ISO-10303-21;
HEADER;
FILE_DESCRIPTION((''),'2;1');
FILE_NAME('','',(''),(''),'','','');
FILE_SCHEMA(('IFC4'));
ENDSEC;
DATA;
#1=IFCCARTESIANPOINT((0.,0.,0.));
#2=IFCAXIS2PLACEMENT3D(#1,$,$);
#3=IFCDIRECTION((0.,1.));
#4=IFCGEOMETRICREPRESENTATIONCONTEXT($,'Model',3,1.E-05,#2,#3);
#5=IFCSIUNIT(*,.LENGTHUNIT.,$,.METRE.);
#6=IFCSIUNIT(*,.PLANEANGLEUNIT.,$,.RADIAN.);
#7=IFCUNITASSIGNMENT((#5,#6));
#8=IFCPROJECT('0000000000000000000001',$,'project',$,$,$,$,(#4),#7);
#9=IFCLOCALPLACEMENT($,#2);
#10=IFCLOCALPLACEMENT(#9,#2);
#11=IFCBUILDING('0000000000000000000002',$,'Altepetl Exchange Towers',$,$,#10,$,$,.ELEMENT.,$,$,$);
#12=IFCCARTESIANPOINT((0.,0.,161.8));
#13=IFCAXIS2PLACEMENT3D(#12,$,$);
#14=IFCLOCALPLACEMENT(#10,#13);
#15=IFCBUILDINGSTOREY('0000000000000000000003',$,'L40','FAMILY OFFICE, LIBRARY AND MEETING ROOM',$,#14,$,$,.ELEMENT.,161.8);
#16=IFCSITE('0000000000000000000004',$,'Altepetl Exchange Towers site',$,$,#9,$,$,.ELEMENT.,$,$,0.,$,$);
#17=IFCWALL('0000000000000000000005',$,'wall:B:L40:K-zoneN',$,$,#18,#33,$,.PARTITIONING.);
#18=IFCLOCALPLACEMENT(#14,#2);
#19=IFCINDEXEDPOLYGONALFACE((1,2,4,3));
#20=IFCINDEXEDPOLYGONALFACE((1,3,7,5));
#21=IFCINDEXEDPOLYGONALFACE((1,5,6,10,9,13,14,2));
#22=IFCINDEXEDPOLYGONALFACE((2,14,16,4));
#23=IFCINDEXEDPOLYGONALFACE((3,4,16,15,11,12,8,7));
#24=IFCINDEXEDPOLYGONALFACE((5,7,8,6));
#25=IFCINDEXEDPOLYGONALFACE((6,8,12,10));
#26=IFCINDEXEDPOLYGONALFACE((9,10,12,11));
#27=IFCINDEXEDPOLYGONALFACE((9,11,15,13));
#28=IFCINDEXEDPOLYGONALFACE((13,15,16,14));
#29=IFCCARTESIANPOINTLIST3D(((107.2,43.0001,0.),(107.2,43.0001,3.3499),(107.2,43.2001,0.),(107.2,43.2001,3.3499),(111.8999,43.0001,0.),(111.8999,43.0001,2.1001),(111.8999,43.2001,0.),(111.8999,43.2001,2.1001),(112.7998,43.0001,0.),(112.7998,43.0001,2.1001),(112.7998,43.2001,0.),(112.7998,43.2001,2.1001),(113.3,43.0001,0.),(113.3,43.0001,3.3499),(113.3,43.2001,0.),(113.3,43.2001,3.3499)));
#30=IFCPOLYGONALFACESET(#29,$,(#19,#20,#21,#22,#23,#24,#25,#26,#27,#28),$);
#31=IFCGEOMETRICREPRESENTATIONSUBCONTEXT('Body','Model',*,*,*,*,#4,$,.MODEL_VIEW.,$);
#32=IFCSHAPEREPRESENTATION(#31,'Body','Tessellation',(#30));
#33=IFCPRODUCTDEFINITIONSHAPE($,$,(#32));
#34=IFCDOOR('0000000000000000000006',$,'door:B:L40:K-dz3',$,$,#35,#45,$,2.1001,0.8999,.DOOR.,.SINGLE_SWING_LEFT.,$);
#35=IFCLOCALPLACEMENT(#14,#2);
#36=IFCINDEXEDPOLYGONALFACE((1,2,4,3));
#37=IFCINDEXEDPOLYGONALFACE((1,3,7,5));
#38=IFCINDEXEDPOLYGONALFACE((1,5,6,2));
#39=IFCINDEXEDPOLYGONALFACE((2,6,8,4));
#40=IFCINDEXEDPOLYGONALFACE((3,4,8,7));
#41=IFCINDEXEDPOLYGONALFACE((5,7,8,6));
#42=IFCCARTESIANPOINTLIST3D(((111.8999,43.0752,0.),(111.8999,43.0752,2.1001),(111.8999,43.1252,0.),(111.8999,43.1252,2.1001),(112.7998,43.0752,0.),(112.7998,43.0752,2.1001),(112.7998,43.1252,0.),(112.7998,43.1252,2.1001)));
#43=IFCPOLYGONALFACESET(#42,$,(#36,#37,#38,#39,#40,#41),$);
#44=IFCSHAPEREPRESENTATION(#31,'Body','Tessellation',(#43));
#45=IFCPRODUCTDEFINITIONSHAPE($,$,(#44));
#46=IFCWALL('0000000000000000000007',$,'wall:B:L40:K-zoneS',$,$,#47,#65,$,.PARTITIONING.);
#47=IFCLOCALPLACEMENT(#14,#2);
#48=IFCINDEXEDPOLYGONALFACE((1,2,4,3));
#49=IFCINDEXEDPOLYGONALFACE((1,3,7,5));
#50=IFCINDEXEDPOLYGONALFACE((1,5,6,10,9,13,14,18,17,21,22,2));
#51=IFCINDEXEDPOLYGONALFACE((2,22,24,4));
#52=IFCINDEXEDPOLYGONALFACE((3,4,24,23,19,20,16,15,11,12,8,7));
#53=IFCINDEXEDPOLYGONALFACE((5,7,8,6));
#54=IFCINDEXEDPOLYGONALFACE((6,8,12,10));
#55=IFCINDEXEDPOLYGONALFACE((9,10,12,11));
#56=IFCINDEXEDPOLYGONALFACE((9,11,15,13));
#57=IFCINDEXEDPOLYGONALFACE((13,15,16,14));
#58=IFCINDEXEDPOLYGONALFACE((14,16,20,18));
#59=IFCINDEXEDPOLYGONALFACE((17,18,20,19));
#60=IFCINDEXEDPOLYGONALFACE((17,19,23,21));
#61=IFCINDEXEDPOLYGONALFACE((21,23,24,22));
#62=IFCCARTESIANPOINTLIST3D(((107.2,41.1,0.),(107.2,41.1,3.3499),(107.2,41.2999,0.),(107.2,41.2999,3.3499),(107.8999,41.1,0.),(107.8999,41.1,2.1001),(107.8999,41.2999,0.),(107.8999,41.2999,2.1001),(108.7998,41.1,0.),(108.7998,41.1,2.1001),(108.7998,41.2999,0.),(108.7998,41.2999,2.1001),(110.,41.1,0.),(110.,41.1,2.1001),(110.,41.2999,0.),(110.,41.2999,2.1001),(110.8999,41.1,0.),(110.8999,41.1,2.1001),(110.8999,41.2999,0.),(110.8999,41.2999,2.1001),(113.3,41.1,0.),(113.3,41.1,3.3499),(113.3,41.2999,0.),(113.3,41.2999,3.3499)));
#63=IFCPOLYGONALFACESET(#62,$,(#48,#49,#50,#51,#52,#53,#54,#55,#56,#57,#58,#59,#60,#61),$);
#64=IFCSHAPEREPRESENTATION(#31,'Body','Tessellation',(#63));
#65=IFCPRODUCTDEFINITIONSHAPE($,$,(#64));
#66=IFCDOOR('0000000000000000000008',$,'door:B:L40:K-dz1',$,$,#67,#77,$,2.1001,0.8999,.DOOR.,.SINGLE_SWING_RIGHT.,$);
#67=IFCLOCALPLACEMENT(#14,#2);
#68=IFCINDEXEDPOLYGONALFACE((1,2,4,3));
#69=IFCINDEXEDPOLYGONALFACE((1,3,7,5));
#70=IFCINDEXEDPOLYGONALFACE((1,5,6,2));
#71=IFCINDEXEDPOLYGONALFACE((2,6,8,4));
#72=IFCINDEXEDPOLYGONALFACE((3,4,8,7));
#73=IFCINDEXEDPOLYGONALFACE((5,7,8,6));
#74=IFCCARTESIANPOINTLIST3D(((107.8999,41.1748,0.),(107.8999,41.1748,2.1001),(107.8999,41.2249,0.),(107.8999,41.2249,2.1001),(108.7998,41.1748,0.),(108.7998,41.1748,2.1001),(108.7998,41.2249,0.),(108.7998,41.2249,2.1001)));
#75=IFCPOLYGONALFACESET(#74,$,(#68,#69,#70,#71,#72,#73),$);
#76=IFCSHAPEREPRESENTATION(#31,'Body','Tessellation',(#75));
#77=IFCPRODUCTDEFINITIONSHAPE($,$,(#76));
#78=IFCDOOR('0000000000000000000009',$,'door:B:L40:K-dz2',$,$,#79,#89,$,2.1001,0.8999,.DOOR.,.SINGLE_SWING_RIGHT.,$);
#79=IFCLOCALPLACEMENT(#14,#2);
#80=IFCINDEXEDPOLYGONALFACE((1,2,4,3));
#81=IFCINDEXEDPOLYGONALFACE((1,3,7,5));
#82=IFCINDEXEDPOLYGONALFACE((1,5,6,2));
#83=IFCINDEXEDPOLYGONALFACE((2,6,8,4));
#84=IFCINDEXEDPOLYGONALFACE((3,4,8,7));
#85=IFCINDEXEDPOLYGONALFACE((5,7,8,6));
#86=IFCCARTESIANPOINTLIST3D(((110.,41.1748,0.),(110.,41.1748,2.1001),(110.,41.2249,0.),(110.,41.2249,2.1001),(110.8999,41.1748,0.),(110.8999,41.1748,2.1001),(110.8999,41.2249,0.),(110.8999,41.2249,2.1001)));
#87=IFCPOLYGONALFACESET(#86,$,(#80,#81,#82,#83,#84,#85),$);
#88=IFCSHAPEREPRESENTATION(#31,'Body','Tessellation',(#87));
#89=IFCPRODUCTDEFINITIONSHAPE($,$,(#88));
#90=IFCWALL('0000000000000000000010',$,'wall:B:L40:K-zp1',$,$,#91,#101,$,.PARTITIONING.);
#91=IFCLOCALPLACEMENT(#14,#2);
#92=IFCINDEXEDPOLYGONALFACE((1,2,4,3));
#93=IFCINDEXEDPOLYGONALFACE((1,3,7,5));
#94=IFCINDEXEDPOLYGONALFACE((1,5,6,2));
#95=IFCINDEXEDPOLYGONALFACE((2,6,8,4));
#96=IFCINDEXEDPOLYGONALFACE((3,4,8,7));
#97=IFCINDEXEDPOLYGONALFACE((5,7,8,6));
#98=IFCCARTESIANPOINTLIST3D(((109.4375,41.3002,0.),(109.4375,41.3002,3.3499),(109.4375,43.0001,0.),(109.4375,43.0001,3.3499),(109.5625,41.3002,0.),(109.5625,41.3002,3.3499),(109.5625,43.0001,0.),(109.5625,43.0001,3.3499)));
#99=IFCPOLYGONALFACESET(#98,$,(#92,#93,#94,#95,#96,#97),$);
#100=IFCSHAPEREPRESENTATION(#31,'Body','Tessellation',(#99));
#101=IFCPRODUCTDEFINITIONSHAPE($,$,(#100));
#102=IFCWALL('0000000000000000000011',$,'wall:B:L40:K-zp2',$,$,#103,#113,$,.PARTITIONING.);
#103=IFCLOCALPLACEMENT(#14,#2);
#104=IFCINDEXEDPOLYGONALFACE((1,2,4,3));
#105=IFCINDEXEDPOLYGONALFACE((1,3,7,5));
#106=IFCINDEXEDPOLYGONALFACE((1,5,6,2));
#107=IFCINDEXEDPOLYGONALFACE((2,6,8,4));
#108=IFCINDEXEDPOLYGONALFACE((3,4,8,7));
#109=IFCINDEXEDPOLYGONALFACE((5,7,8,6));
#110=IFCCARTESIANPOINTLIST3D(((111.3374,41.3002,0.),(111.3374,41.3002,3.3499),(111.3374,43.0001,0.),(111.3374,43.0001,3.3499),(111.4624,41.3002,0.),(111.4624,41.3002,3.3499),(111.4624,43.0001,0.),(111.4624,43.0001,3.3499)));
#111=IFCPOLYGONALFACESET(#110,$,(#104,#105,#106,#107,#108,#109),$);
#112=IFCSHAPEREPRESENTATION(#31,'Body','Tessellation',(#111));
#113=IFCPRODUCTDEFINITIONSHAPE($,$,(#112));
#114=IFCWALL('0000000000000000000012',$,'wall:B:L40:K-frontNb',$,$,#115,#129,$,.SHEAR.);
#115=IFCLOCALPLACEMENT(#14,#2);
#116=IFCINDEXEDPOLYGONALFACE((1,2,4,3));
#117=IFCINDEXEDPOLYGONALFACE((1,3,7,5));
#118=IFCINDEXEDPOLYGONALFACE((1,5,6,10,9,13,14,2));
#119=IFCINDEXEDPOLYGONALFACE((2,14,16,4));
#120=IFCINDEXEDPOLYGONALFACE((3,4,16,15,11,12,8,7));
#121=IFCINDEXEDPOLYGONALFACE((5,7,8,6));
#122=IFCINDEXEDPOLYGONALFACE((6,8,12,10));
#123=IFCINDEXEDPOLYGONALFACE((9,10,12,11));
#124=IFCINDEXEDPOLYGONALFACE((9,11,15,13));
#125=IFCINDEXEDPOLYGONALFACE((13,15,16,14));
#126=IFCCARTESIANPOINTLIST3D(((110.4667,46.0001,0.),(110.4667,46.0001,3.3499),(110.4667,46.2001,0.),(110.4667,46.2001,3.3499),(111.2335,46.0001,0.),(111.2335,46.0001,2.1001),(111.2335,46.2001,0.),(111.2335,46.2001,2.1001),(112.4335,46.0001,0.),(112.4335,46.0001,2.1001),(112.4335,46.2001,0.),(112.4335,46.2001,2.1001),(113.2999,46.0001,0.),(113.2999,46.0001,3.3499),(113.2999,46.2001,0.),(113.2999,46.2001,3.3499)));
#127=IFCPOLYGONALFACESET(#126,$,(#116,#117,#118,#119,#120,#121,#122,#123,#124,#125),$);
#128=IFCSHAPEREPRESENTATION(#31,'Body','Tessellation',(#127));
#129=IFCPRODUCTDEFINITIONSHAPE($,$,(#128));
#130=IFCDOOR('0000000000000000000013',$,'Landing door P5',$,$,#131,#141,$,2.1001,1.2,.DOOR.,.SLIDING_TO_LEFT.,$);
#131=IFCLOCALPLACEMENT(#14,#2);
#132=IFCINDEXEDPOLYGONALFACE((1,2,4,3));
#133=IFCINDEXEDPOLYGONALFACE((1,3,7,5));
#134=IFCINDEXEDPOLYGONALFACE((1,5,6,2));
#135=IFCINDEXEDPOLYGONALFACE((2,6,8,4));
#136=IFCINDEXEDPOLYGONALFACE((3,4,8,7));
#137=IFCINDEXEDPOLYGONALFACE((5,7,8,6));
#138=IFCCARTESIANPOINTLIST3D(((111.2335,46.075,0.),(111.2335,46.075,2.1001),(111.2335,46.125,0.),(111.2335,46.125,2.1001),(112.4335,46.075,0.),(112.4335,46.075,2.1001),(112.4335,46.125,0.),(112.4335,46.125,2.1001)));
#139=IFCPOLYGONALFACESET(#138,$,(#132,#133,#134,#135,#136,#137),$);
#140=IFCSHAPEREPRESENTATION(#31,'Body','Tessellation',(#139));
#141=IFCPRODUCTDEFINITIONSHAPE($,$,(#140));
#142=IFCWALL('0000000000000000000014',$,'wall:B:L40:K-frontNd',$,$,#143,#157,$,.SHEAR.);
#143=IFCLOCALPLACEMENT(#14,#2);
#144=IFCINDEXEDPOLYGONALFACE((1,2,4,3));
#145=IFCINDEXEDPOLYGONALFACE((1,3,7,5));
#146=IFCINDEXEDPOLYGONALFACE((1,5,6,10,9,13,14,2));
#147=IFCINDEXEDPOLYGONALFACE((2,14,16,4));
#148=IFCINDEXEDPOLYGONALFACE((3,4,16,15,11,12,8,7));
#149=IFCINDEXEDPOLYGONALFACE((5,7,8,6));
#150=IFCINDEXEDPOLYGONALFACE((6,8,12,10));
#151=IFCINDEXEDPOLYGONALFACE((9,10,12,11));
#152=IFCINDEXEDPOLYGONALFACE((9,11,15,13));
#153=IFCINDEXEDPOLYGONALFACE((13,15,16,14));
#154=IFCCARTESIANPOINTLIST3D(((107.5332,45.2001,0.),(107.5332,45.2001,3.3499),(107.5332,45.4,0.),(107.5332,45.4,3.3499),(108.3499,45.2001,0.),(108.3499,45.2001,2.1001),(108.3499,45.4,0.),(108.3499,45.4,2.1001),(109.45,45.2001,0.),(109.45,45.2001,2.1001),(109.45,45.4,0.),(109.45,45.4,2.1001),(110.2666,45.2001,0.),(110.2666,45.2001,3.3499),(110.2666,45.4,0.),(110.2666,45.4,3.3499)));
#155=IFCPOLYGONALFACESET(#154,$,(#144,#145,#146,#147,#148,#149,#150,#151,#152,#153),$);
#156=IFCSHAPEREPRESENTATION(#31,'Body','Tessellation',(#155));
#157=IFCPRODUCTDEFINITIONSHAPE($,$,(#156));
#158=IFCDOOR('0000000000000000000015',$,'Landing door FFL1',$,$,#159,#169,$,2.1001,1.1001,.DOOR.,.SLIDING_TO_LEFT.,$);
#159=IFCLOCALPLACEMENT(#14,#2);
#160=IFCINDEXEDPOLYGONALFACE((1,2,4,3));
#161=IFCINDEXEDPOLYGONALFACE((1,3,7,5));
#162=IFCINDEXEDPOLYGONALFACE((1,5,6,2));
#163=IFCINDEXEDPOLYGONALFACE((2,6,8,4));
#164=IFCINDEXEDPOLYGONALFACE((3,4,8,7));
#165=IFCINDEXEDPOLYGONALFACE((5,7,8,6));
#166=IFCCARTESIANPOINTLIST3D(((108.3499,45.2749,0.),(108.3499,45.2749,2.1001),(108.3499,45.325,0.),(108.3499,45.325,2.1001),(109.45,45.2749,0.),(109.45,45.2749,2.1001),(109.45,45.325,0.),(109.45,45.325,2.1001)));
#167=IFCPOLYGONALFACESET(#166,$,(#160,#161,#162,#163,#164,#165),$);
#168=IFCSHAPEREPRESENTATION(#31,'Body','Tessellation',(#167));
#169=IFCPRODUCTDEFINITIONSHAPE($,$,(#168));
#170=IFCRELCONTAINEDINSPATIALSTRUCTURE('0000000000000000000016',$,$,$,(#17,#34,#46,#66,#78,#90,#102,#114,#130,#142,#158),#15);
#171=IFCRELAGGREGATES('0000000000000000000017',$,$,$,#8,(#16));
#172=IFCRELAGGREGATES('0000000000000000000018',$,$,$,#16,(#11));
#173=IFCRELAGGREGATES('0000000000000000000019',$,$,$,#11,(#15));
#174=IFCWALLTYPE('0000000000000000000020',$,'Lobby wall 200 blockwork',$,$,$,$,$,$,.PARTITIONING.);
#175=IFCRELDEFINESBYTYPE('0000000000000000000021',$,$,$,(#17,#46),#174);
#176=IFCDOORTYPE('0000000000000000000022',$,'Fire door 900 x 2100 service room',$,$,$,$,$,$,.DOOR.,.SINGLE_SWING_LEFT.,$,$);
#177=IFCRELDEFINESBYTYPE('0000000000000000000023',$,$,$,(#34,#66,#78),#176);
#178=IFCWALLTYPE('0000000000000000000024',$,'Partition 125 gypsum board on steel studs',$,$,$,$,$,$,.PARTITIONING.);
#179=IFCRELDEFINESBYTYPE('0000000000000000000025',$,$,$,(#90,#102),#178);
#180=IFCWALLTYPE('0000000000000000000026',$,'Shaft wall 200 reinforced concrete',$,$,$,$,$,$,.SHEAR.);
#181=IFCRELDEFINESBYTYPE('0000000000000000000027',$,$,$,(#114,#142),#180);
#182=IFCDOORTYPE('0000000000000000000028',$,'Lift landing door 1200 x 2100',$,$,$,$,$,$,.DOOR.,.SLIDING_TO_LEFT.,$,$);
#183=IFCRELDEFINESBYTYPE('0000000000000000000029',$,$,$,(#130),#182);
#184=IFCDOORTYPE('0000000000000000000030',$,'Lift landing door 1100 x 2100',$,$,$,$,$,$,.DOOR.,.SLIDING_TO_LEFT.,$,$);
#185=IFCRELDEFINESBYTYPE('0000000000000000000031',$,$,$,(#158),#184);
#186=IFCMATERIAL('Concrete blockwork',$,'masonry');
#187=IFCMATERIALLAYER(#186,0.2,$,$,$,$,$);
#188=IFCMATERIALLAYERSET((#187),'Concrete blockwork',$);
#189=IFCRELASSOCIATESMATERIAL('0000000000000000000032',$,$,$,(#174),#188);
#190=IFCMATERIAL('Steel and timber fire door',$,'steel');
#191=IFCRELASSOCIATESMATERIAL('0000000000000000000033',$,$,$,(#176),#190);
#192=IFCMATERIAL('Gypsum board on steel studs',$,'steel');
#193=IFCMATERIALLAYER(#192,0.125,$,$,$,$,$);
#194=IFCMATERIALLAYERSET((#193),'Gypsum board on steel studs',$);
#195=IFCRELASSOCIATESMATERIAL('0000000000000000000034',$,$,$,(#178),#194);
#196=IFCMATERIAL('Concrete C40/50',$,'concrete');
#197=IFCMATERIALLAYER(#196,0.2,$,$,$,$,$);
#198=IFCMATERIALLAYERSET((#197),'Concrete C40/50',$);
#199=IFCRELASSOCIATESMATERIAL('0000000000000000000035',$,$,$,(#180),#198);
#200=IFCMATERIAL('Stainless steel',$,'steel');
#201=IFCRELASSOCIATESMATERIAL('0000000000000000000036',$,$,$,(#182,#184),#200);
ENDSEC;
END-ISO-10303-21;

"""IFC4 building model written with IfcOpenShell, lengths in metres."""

from ifc_helpers import new_model, si_unit, direction, frame, frame_2d, origin, place, context, subcontext, project, spatial, rectangle, extrude, material, layer, layer_set, type_object, element, fill, save


model = new_model("IFC4")

# Units and contexts
model_context = context("Model", 3, precision=1e-05, world=origin(), true_north=direction((0.0, 1.0)))
body_context = subcontext(model_context, "Body", "Model", "MODEL_VIEW")
ifc_project = project(units=[si_unit("LENGTHUNIT", "METRE"), si_unit("PLANEANGLEUNIT", "RADIAN")], contexts=[model_context])

# Site, building, storey
site_placement = place(None, origin())
site = spatial("IfcSite", under=ifc_project, at=site_placement, Name="Altepetl Exchange Towers site", CompositionType="ELEMENT", RefElevation=0.0)
building_placement = place(site_placement, origin())
building = spatial("IfcBuilding", under=site, at=building_placement, Name="Altepetl Exchange Towers", CompositionType="ELEMENT")
storey_placement = place(building_placement, frame((0.0, 0.0, 161.8)))
storey = spatial("IfcBuildingStorey", under=building, at=storey_placement, Name="L40", Description="FAMILY OFFICE, LIBRARY AND MEETING ROOM", CompositionType="ELEMENT", Elevation=161.8)

# Wall, opening, door
ifc_material_1 = material(Name="Concrete blockwork", Category="masonry")
ifc_layer_1 = layer(ifc_material_1, 0.2)
ifc_layer_set_1 = layer_set([ifc_layer_1], Name="Concrete blockwork")
wall_type_1 = type_object("IfcWallType", Name="Lobby wall 200 blockwork", PredefinedType="PARTITIONING", material=ifc_layer_set_1)
wall_1_placement = place(storey_placement, frame((107.2, 43.1001, 0.0)))
wall_1 = element("IfcWall", 1, at=wall_1_placement, inside=storey, type_object=wall_type_1, Name="wall:B:L40:K-zoneN", PredefinedType="PARTITIONING", context=body_context, shape_type="SweptSolid", body=[
    extrude(rectangle(XDim=6.1001, YDim=0.2, at=frame_2d((3.05, 0.0))), origin(), (0.0, 0.0, 1.0), 3.3499),
])
opening_1_placement = place(wall_1_placement, frame((4.7, 0.0, 0.0)))
opening_1 = element("IfcOpeningElement", 2, at=opening_1_placement, cuts=wall_1, PredefinedType="OPENING", context=body_context, shape_type="SweptSolid", body=[
    extrude(rectangle(XDim=0.8999, YDim=2.1001, at=frame_2d((0.45, 1.05))), frame((0.0, 0.1099, 0.0), z_axis=(0.0, -1.0, 0.0), x_axis=(1.0, 0.0, 0.0)), (0.0, 0.0, 1.0), 0.22),
])
ifc_material_2 = material(Name="Steel and timber fire door", Category="steel")
door_type_1 = type_object("IfcDoorType", Name="Fire door 900 x 2100 service room", OperationType="SINGLE_SWING_LEFT", PredefinedType="DOOR", material=ifc_material_2)
door_1_placement = place(opening_1_placement, frame((0.8999, 0.0, 0.0), x_axis=(-1.0, 0.0, 0.0)))
door_1 = element("IfcDoor", 3, at=door_1_placement, inside=storey, type_object=door_type_1, Name="door:B:L40:K-dz3", OperationType="SINGLE_SWING_LEFT", OverallHeight=2.1001, OverallWidth=0.8999, PredefinedType="DOOR", context=body_context, shape_type="SweptSolid", body=[
    extrude(rectangle(XDim=0.8999, YDim=2.1001, at=frame_2d((0.45, 1.05))), frame((0.0, 0.0249, 0.0), z_axis=(0.0, -1.0, 0.0), x_axis=(1.0, 0.0, 0.0)), (0.0, 0.0, 1.0), 0.05),
])
fill(opening_1, door_1)

# Wall, openings, doors
wall_2_placement = place(storey_placement, frame((107.2, 41.2, 0.0)))
wall_2 = element("IfcWall", 4, at=wall_2_placement, inside=storey, type_object=wall_type_1, Name="wall:B:L40:K-zoneS", PredefinedType="PARTITIONING", context=body_context, shape_type="SweptSolid", body=[
    extrude(rectangle(XDim=6.1001, YDim=0.2, at=frame_2d((3.05, 0.0))), origin(), (0.0, 0.0, 1.0), 3.3499),
])
opening_2_placement = place(wall_2_placement, frame((0.7, 0.0, 0.0)))
opening_2 = element("IfcOpeningElement", 5, at=opening_2_placement, cuts=wall_2, PredefinedType="OPENING", context=body_context, shape_type="SweptSolid", body=[
    extrude(rectangle(XDim=0.8999, YDim=2.1001, at=frame_2d((0.45, 1.05))), frame((0.0, 0.1099, 0.0), z_axis=(0.0, -1.0, 0.0), x_axis=(1.0, 0.0, 0.0)), (0.0, 0.0, 1.0), 0.22),
])
opening_3_placement = place(wall_2_placement, frame((2.8, 0.0, 0.0)))
opening_3 = element("IfcOpeningElement", 6, at=opening_3_placement, cuts=wall_2, PredefinedType="OPENING", context=body_context, shape_type="SweptSolid", body=[
    extrude(rectangle(XDim=0.8999, YDim=2.1001, at=frame_2d((0.45, 1.05))), frame((0.0, 0.1099, 0.0), z_axis=(0.0, -1.0, 0.0), x_axis=(1.0, 0.0, 0.0)), (0.0, 0.0, 1.0), 0.22),
])
door_2_placement = place(opening_2_placement, origin())
door_2 = element("IfcDoor", 7, at=door_2_placement, inside=storey, type_object=door_type_1, Name="door:B:L40:K-dz1", OperationType="SINGLE_SWING_RIGHT", OverallHeight=2.1001, OverallWidth=0.8999, PredefinedType="DOOR", context=body_context, shape_type="SweptSolid", body=[
    extrude(rectangle(XDim=0.8999, YDim=2.1001, at=frame_2d((0.45, 1.05))), frame((0.0, 0.0249, 0.0), z_axis=(0.0, -1.0, 0.0), x_axis=(1.0, 0.0, 0.0)), (0.0, 0.0, 1.0), 0.05),
])
fill(opening_2, door_2)
door_3_placement = place(opening_3_placement, origin())
door_3 = element("IfcDoor", 8, at=door_3_placement, inside=storey, type_object=door_type_1, Name="door:B:L40:K-dz2", OperationType="SINGLE_SWING_RIGHT", OverallHeight=2.1001, OverallWidth=0.8999, PredefinedType="DOOR", context=body_context, shape_type="SweptSolid", body=[
    extrude(rectangle(XDim=0.8999, YDim=2.1001, at=frame_2d((0.45, 1.05))), frame((0.0, 0.0249, 0.0), z_axis=(0.0, -1.0, 0.0), x_axis=(1.0, 0.0, 0.0)), (0.0, 0.0, 1.0), 0.05),
])
fill(opening_3, door_3)

# Walls
ifc_material_3 = material(Name="Gypsum board on steel studs", Category="steel")
ifc_layer_2 = layer(ifc_material_3, 0.125)
ifc_layer_set_2 = layer_set([ifc_layer_2], Name="Gypsum board on steel studs")
wall_type_2 = type_object("IfcWallType", Name="Partition 125 gypsum board on steel studs", PredefinedType="PARTITIONING", material=ifc_layer_set_2)
for number, where, z_axis, x_axis, name in (
    (9, (109.5, 41.3, 0.0), (0.0, 0.0, 1.0), (0.0, 1.0, 0.0), "wall:B:L40:K-zp1"),
    (10, (111.3999, 41.3, 0.0), (0.0, 0.0, 1.0), (0.0, 1.0, 0.0), "wall:B:L40:K-zp2"),
):
    element("IfcWall", number, at=place(storey_placement, frame(where, z_axis=z_axis, x_axis=x_axis)), inside=storey, type_object=wall_type_2, Name=name, PredefinedType="PARTITIONING", context=body_context, shape_type="SweptSolid", body=[
        extrude(rectangle(XDim=1.7, YDim=0.125, at=frame_2d((0.8501, 0.0))), origin(), (0.0, 0.0, 1.0), 3.3499),
    ])

# Walls, openings, doors
ifc_material_4 = material(Name="Concrete C40/50", Category="concrete")
ifc_layer_3 = layer(ifc_material_4, 0.2)
ifc_layer_set_3 = layer_set([ifc_layer_3], Name="Concrete C40/50")
wall_type_3 = type_object("IfcWallType", Name="Shaft wall 200 reinforced concrete", PredefinedType="SHEAR", material=ifc_layer_set_3)
wall_3_placement = place(storey_placement, frame((110.4668, 46.1001, 0.0)))
wall_3 = element("IfcWall", 11, at=wall_3_placement, inside=storey, type_object=wall_type_3, Name="wall:B:L40:K-frontNb", PredefinedType="SHEAR", context=body_context, shape_type="SweptSolid", body=[
    extrude(rectangle(XDim=2.8333, YDim=0.2, at=frame_2d((1.4165, 0.0))), origin(), (0.0, 0.0, 1.0), 3.3499),
])
opening_4_placement = place(wall_3_placement, frame((0.7666, 0.0, 0.0)))
opening_4 = element("IfcOpeningElement", 12, at=opening_4_placement, cuts=wall_3, PredefinedType="OPENING", context=body_context, shape_type="SweptSolid", body=[
    extrude(rectangle(XDim=1.2, YDim=2.1001, at=frame_2d((0.6001, 1.05))), frame((0.0, 0.1099, 0.0), z_axis=(0.0, -1.0, 0.0), x_axis=(1.0, 0.0, 0.0)), (0.0, 0.0, 1.0), 0.22),
])
ifc_material_5 = material(Name="Stainless steel", Category="steel")
door_type_2 = type_object("IfcDoorType", Name="Lift landing door 1200 x 2100", OperationType="SLIDING_TO_LEFT", PredefinedType="DOOR", material=ifc_material_5)
door_4_placement = place(opening_4_placement, origin())
door_4 = element("IfcDoor", 13, at=door_4_placement, inside=storey, type_object=door_type_2, Name="Landing door P5", OperationType="SLIDING_TO_LEFT", OverallHeight=2.1001, OverallWidth=1.2, PredefinedType="DOOR", context=body_context, shape_type="SweptSolid", body=[
    extrude(rectangle(XDim=1.2, YDim=2.1001, at=frame_2d((0.6001, 1.05))), frame((0.0, 0.0249, 0.0), z_axis=(0.0, -1.0, 0.0), x_axis=(1.0, 0.0, 0.0)), (0.0, 0.0, 1.0), 0.05),
])
fill(opening_4, door_4)
wall_4_placement = place(storey_placement, frame((107.5332, 45.3, 0.0)))
wall_4 = element("IfcWall", 14, at=wall_4_placement, inside=storey, type_object=wall_type_3, Name="wall:B:L40:K-frontNd", PredefinedType="SHEAR", context=body_context, shape_type="SweptSolid", body=[
    extrude(rectangle(XDim=2.7334, YDim=0.2, at=frame_2d((1.3667, 0.0))), origin(), (0.0, 0.0, 1.0), 3.3499),
])
opening_5_placement = place(wall_4_placement, frame((0.8167, 0.0, 0.0)))
opening_5 = element("IfcOpeningElement", 15, at=opening_5_placement, cuts=wall_4, PredefinedType="OPENING", context=body_context, shape_type="SweptSolid", body=[
    extrude(rectangle(XDim=1.1001, YDim=2.1001, at=frame_2d((0.55, 1.05))), frame((0.0, 0.1099, 0.0), z_axis=(0.0, -1.0, 0.0), x_axis=(1.0, 0.0, 0.0)), (0.0, 0.0, 1.0), 0.22),
])
door_type_3 = type_object("IfcDoorType", Name="Lift landing door 1100 x 2100", OperationType="SLIDING_TO_LEFT", PredefinedType="DOOR", material=ifc_material_5)
door_5_placement = place(opening_5_placement, origin())
door_5 = element("IfcDoor", 16, at=door_5_placement, inside=storey, type_object=door_type_3, Name="Landing door FFL1", OperationType="SLIDING_TO_LEFT", OverallHeight=2.1001, OverallWidth=1.1001, PredefinedType="DOOR", context=body_context, shape_type="SweptSolid", body=[
    extrude(rectangle(XDim=1.1001, YDim=2.1001, at=frame_2d((0.55, 1.05))), frame((0.0, 0.0249, 0.0), z_axis=(0.0, -1.0, 0.0), x_axis=(1.0, 0.0, 0.0)), (0.0, 0.0, 1.0), 0.05),
])
fill(opening_5, door_5)

save(model, "model.ifc")
